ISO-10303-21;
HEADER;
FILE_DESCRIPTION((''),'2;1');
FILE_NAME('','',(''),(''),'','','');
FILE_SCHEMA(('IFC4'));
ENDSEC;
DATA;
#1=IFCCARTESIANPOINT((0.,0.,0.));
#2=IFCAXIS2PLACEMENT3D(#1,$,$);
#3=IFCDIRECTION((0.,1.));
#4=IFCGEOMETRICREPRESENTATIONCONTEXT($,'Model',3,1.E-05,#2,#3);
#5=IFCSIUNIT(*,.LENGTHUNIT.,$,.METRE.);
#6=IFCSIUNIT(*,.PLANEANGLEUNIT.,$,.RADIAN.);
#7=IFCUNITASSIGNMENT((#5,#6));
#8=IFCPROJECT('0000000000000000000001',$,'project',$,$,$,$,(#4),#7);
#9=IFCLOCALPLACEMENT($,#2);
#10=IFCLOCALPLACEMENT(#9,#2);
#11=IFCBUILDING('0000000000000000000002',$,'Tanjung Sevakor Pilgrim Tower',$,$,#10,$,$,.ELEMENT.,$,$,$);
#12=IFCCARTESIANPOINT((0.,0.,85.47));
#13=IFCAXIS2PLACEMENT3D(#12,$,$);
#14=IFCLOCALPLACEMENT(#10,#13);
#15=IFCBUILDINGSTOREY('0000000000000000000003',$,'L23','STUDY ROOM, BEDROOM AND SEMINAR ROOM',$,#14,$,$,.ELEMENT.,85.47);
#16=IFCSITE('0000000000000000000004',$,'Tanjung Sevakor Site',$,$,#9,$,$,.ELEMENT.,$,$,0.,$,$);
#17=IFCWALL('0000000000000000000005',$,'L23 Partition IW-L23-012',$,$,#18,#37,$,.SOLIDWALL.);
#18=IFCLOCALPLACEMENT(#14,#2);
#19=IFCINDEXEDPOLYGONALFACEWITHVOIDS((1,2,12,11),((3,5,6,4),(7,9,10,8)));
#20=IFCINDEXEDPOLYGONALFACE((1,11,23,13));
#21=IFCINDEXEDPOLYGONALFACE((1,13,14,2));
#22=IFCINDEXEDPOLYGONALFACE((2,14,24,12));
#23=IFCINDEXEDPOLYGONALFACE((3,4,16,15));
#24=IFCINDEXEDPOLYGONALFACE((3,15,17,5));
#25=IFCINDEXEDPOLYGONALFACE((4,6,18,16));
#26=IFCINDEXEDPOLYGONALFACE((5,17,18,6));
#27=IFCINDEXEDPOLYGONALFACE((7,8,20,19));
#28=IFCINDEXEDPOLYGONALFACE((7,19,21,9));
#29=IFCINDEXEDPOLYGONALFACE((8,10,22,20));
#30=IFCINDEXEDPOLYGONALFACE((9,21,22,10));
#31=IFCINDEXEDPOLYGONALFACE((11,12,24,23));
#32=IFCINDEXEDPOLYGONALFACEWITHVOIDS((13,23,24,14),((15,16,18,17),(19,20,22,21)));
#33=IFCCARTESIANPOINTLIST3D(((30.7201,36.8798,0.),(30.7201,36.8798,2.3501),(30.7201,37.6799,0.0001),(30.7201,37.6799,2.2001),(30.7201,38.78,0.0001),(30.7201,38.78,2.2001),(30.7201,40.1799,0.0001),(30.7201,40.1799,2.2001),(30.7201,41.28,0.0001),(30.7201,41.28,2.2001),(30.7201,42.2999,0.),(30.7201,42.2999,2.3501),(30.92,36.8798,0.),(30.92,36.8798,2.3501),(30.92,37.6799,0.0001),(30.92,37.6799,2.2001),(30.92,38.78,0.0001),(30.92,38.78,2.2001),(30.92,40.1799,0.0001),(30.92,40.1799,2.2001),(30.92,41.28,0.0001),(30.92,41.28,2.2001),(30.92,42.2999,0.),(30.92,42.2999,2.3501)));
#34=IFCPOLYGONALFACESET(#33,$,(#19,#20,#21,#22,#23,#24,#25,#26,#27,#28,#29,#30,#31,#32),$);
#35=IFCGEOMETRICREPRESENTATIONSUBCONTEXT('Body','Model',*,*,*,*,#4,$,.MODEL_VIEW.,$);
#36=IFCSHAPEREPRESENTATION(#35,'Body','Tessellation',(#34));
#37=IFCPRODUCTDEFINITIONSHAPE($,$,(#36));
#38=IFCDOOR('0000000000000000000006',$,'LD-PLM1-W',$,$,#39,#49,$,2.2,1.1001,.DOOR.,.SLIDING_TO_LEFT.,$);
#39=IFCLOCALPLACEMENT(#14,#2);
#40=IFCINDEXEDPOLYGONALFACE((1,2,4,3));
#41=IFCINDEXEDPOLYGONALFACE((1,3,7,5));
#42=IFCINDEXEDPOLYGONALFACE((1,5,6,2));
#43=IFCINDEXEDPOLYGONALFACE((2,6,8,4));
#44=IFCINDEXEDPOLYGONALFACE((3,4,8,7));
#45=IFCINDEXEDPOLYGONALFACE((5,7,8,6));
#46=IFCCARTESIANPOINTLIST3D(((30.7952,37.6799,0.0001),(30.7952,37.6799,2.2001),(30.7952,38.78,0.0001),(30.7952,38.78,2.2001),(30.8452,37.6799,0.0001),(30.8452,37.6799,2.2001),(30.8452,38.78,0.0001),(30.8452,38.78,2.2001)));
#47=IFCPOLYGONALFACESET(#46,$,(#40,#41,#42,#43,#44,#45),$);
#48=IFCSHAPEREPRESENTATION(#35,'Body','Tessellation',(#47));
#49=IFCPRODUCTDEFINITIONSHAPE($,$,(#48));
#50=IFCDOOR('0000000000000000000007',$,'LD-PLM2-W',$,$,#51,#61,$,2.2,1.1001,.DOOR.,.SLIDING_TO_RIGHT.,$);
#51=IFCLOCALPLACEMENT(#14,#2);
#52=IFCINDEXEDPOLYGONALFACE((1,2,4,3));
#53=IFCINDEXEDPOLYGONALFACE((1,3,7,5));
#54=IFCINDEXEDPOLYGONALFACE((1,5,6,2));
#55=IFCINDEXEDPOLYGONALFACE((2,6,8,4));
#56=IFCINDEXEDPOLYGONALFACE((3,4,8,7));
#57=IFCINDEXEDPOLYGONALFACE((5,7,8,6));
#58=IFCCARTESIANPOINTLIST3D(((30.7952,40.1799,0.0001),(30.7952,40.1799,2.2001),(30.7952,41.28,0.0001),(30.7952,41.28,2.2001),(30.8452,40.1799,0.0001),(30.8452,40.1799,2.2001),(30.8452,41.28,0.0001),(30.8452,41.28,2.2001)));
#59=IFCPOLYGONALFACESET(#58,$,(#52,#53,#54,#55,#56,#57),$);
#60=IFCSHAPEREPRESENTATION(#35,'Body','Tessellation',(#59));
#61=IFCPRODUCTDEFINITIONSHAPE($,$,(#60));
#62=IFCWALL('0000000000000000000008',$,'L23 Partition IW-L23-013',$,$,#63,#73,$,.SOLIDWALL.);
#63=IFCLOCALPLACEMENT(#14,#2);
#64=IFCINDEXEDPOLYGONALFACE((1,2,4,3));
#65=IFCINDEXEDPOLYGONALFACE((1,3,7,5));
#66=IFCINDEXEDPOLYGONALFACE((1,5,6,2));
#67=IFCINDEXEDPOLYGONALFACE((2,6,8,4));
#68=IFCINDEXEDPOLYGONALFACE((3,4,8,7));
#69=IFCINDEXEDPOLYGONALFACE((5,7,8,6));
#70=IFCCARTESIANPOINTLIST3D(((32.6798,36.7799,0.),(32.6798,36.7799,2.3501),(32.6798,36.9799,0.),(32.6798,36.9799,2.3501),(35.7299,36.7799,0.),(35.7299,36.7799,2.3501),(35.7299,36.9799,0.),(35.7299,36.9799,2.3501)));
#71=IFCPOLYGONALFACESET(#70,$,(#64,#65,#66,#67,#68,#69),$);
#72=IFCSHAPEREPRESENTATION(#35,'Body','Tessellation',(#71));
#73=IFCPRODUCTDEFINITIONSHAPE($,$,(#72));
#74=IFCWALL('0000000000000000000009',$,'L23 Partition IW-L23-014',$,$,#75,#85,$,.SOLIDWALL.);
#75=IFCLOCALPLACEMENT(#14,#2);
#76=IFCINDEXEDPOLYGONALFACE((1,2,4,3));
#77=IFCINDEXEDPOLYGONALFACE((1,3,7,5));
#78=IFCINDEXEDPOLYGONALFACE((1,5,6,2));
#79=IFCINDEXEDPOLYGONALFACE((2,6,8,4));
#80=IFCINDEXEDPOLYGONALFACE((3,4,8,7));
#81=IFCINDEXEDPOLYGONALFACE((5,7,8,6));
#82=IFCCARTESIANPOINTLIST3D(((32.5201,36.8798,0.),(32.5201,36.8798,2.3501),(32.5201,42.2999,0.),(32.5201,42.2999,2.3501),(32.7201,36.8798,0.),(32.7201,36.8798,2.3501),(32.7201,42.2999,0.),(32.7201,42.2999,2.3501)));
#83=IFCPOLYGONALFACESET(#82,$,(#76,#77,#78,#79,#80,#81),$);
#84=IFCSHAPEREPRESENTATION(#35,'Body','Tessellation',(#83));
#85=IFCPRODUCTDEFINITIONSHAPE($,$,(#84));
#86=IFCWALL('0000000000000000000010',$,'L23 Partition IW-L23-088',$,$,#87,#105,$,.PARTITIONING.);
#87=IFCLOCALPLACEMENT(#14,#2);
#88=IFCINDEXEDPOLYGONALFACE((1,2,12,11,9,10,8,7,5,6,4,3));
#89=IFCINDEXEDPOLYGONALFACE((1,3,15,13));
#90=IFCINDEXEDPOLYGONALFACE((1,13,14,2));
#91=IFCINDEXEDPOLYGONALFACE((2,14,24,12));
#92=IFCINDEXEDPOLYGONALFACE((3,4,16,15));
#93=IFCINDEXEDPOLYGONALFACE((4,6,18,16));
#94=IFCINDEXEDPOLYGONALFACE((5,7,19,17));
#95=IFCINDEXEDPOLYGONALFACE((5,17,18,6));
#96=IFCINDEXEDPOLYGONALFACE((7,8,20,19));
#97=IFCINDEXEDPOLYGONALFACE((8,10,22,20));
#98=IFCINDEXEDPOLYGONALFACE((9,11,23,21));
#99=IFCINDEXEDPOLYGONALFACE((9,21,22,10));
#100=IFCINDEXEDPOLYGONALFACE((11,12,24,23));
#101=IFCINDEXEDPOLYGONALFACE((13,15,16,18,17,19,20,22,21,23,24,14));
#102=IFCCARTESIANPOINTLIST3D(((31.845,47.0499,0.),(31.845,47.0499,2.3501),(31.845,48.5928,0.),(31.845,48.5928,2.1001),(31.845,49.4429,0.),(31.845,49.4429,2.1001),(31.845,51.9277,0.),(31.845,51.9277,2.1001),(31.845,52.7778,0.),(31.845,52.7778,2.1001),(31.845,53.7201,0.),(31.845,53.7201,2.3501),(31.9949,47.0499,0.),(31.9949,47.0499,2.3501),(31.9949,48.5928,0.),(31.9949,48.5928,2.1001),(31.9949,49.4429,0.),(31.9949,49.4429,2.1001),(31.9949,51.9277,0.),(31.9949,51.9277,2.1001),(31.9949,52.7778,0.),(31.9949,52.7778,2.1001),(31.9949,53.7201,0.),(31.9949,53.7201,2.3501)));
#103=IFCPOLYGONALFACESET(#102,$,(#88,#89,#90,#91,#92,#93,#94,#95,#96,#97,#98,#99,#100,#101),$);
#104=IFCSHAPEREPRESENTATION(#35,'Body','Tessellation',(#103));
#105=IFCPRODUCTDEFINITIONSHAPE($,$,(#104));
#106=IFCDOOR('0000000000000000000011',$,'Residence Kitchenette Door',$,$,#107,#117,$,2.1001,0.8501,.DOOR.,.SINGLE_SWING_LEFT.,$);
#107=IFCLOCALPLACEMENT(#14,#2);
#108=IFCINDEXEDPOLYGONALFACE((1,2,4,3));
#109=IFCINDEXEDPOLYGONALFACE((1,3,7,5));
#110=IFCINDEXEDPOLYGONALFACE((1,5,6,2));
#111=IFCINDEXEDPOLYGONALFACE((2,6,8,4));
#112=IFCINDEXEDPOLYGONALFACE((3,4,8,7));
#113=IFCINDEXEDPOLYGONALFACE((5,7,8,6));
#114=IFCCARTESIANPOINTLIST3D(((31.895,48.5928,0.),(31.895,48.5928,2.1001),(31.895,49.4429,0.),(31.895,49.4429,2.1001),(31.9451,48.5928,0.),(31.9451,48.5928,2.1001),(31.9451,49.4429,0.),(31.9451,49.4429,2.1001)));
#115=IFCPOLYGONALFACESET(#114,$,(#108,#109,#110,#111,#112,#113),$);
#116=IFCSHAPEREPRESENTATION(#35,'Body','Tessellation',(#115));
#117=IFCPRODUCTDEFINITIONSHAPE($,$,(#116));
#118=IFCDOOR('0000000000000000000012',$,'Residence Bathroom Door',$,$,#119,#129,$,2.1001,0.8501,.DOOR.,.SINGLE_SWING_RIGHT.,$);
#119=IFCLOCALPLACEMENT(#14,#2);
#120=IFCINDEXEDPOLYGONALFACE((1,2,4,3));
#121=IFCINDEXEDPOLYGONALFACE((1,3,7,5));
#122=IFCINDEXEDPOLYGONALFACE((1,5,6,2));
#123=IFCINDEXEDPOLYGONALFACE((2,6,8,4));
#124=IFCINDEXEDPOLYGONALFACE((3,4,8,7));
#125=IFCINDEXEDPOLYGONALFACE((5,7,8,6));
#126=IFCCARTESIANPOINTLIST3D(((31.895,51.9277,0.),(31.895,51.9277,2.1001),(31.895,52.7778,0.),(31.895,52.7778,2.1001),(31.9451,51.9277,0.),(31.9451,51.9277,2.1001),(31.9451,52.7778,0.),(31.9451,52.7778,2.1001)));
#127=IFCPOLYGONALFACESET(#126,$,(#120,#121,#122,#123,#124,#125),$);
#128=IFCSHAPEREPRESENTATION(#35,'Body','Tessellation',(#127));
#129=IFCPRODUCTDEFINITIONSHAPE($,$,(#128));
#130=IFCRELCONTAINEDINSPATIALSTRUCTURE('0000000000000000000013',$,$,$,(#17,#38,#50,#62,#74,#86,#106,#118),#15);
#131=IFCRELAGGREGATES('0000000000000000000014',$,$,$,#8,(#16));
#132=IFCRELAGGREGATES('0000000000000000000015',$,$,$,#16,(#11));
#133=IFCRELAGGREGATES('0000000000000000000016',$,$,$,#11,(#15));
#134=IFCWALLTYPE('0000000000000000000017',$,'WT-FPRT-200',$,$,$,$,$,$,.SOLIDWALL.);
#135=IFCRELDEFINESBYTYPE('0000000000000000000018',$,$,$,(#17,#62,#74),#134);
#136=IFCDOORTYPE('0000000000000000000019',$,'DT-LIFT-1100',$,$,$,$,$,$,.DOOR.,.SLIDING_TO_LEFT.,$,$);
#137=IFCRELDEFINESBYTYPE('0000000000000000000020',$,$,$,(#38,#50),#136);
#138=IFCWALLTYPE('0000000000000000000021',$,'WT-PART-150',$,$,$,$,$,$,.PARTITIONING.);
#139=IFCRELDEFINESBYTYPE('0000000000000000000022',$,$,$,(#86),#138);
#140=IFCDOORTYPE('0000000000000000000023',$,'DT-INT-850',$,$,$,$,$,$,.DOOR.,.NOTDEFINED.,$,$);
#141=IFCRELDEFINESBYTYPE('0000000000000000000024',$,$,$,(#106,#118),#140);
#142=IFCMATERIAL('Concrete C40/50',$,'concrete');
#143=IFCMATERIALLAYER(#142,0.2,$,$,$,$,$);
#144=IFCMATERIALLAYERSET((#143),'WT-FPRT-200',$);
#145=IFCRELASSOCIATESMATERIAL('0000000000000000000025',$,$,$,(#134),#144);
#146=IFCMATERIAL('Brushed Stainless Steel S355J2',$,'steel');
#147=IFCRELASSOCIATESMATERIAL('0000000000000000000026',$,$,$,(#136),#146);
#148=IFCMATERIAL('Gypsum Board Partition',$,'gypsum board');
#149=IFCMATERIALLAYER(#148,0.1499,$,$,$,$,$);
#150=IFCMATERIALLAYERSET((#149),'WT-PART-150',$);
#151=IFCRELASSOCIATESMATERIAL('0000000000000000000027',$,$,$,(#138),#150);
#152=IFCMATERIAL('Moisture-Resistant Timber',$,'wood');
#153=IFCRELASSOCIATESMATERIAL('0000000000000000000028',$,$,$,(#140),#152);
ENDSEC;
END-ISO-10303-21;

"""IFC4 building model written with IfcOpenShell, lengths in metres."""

from ifc_helpers import new_model, si_unit, direction, frame, frame_2d, origin, place, context, subcontext, project, spatial, rectangle, extrude, material, layer, layer_set, type_object, element, fill, save


model = new_model("IFC4")

# Units and contexts
model_context = context("Model", 3, precision=1e-05, world=origin(), true_north=direction((0.0, 1.0)))
body_context = subcontext(model_context, "Body", "Model", "MODEL_VIEW")
ifc_project = project(units=[si_unit("LENGTHUNIT", "METRE"), si_unit("PLANEANGLEUNIT", "RADIAN")], contexts=[model_context])

# Site, building, storey
site_placement = place(None, origin())
site = spatial("IfcSite", under=ifc_project, at=site_placement, Name="Tanjung Sevakor Site", CompositionType="ELEMENT", RefElevation=0.0)
building_placement = place(site_placement, origin())
building = spatial("IfcBuilding", under=site, at=building_placement, Name="Tanjung Sevakor Pilgrim Tower", CompositionType="ELEMENT")
storey_placement = place(building_placement, frame((0.0, 0.0, 85.47)))
storey = spatial("IfcBuildingStorey", under=building, at=storey_placement, Name="L23", Description="STUDY ROOM, BEDROOM AND SEMINAR ROOM", CompositionType="ELEMENT", Elevation=85.47)

# Wall, openings, doors
ifc_material_1 = material(Name="Concrete C40/50", Category="concrete")
ifc_layer_1 = layer(ifc_material_1, 0.2)
ifc_layer_set_1 = layer_set([ifc_layer_1], Name="WT-FPRT-200")
wall_type_1 = type_object("IfcWallType", Name="WT-FPRT-200", PredefinedType="SOLIDWALL", material=ifc_layer_set_1)
wall_1_placement = place(storey_placement, frame((30.8201, 36.8799, 0.0), z_axis=(0.0, 0.0, 1.0), x_axis=(0.0, 1.0, 0.0)))
wall_1 = element("IfcWall", 1, at=wall_1_placement, inside=storey, type_object=wall_type_1, Name="L23 Partition IW-L23-012", PredefinedType="SOLIDWALL", context=body_context, shape_type="SweptSolid", body=[
    extrude(rectangle(XDim=5.4202, YDim=0.2, at=frame_2d((2.71, 0.0))), origin(), (0.0, 0.0, 1.0), 2.3501),
])
opening_1_placement = place(wall_1_placement, frame((0.8, 0.0, 0.0)))
opening_1 = element("IfcOpeningElement", 2, at=opening_1_placement, cuts=wall_1, PredefinedType="OPENING", context=body_context, shape_type="SweptSolid", body=[
    extrude(rectangle(XDim=1.1001, YDim=2.2, at=frame_2d((0.55, 1.1001))), frame((0.0, 0.1099, 0.0), z_axis=(0.0, -1.0, 0.0), x_axis=(1.0, 0.0, 0.0)), (0.0, 0.0, 1.0), 0.22),
])
opening_2_placement = place(wall_1_placement, frame((3.3, 0.0, 0.0)))
opening_2 = element("IfcOpeningElement", 3, at=opening_2_placement, cuts=wall_1, PredefinedType="OPENING", context=body_context, shape_type="SweptSolid", body=[
    extrude(rectangle(XDim=1.1001, YDim=2.2, at=frame_2d((0.55, 1.1001))), frame((0.0, 0.1099, 0.0), z_axis=(0.0, -1.0, 0.0), x_axis=(1.0, 0.0, 0.0)), (0.0, 0.0, 1.0), 0.22),
])
ifc_material_2 = material(Name="Brushed Stainless Steel S355J2", Category="steel")
door_type_1 = type_object("IfcDoorType", Name="DT-LIFT-1100", OperationType="SLIDING_TO_LEFT", PredefinedType="DOOR", material=ifc_material_2)
door_1_placement = place(opening_1_placement, origin())
door_1 = element("IfcDoor", 4, at=door_1_placement, inside=storey, type_object=door_type_1, Name="LD-PLM1-W", OperationType="SLIDING_TO_LEFT", OverallHeight=2.2, OverallWidth=1.1001, PredefinedType="DOOR", context=body_context, shape_type="SweptSolid", body=[
    extrude(rectangle(XDim=1.1001, YDim=2.2, at=frame_2d((0.55, 1.1001))), frame((0.0, 0.0249, 0.0), z_axis=(0.0, -1.0, 0.0), x_axis=(1.0, 0.0, 0.0)), (0.0, 0.0, 1.0), 0.05),
])
fill(opening_1, door_1)
door_2_placement = place(opening_2_placement, origin())
door_2 = element("IfcDoor", 5, at=door_2_placement, inside=storey, type_object=door_type_1, Name="LD-PLM2-W", OperationType="SLIDING_TO_RIGHT", OverallHeight=2.2, OverallWidth=1.1001, PredefinedType="DOOR", context=body_context, shape_type="SweptSolid", body=[
    extrude(rectangle(XDim=1.1001, YDim=2.2, at=frame_2d((0.55, 1.1001))), frame((0.0, 0.0249, 0.0), z_axis=(0.0, -1.0, 0.0), x_axis=(1.0, 0.0, 0.0)), (0.0, 0.0, 1.0), 0.05),
])
fill(opening_2, door_2)

# Walls
wall_2_placement = place(storey_placement, frame((32.6799, 36.8799, 0.0), z_axis=(0.0, 0.0, 1.0), x_axis=(1.0, 0.0, 0.0)))
element("IfcWall", 6, at=wall_2_placement, inside=storey, type_object=wall_type_1, Name="L23 Partition IW-L23-013", PredefinedType="SOLIDWALL", context=body_context, shape_type="SweptSolid", body=[
    extrude(rectangle(XDim=3.05, YDim=0.2, at=frame_2d((1.5249, 0.0))), origin(), (0.0, 0.0, 1.0), 2.3501),
])
wall_3_placement = place(storey_placement, frame((32.6201, 36.8799, 0.0), z_axis=(0.0, 0.0, 1.0), x_axis=(0.0, 1.0, 0.0)))
element("IfcWall", 7, at=wall_3_placement, inside=storey, type_object=wall_type_1, Name="L23 Partition IW-L23-014", PredefinedType="SOLIDWALL", context=body_context, shape_type="SweptSolid", body=[
    extrude(rectangle(XDim=5.4202, YDim=0.2, at=frame_2d((2.71, 0.0))), origin(), (0.0, 0.0, 1.0), 2.3501),
])

# Wall, openings, doors
ifc_material_3 = material(Name="Gypsum Board Partition", Category="gypsum board")
ifc_layer_2 = layer(ifc_material_3, 0.1499)
ifc_layer_set_2 = layer_set([ifc_layer_2], Name="WT-PART-150")
wall_type_2 = type_object("IfcWallType", Name="WT-PART-150", PredefinedType="PARTITIONING", material=ifc_layer_set_2)
wall_4_placement = place(storey_placement, frame((31.9199, 47.05, 0.0), z_axis=(0.0, 0.0, 1.0), x_axis=(0.0, 1.0, 0.0)))
wall_4 = element("IfcWall", 8, at=wall_4_placement, inside=storey, type_object=wall_type_2, Name="L23 Partition IW-L23-088", PredefinedType="PARTITIONING", context=body_context, shape_type="SweptSolid", body=[
    extrude(rectangle(XDim=6.6702, YDim=0.1499, at=frame_2d((3.335, 0.0))), origin(), (0.0, 0.0, 1.0), 2.3501),
])
opening_3_placement = place(wall_4_placement, frame((1.5427, 0.0, 0.0)))
opening_3 = element("IfcOpeningElement", 9, at=opening_3_placement, cuts=wall_4, PredefinedType="OPENING", context=body_context, shape_type="SweptSolid", body=[
    extrude(rectangle(XDim=0.8501, YDim=2.1001, at=frame_2d((0.425, 1.05))), frame((0.0, 0.085, 0.0), z_axis=(0.0, -1.0, 0.0), x_axis=(1.0, 0.0, 0.0)), (0.0, 0.0, 1.0), 0.1699),
])
opening_4_placement = place(wall_4_placement, frame((4.8777, 0.0, 0.0)))
opening_4 = element("IfcOpeningElement", 10, at=opening_4_placement, cuts=wall_4, PredefinedType="OPENING", context=body_context, shape_type="SweptSolid", body=[
    extrude(rectangle(XDim=0.8501, YDim=2.1001, at=frame_2d((0.425, 1.05))), frame((0.0, 0.085, 0.0), z_axis=(0.0, -1.0, 0.0), x_axis=(1.0, 0.0, 0.0)), (0.0, 0.0, 1.0), 0.1699),
])
ifc_material_4 = material(Name="Moisture-Resistant Timber", Category="wood")
door_type_2 = type_object("IfcDoorType", Name="DT-INT-850", OperationType="NOTDEFINED", PredefinedType="DOOR", material=ifc_material_4)
door_3_placement = place(opening_3_placement, origin())
door_3 = element("IfcDoor", 11, at=door_3_placement, inside=storey, type_object=door_type_2, Name="Residence Kitchenette Door", OperationType="SINGLE_SWING_LEFT", OverallHeight=2.1001, OverallWidth=0.8501, PredefinedType="DOOR", context=body_context, shape_type="SweptSolid", body=[
    extrude(rectangle(XDim=0.8501, YDim=2.1001, at=frame_2d((0.425, 1.05))), frame((0.0, 0.0249, 0.0), z_axis=(0.0, -1.0, 0.0), x_axis=(1.0, 0.0, 0.0)), (0.0, 0.0, 1.0), 0.05),
])
fill(opening_3, door_3)
door_4_placement = place(opening_4_placement, origin())
door_4 = element("IfcDoor", 12, at=door_4_placement, inside=storey, type_object=door_type_2, Name="Residence Bathroom Door", OperationType="SINGLE_SWING_RIGHT", OverallHeight=2.1001, OverallWidth=0.8501, PredefinedType="DOOR", context=body_context, shape_type="SweptSolid", body=[
    extrude(rectangle(XDim=0.8501, YDim=2.1001, at=frame_2d((0.425, 1.05))), frame((0.0, 0.0249, 0.0), z_axis=(0.0, -1.0, 0.0), x_axis=(1.0, 0.0, 0.0)), (0.0, 0.0, 1.0), 0.05),
])
fill(opening_4, door_4)

save(model, "model.ifc")
